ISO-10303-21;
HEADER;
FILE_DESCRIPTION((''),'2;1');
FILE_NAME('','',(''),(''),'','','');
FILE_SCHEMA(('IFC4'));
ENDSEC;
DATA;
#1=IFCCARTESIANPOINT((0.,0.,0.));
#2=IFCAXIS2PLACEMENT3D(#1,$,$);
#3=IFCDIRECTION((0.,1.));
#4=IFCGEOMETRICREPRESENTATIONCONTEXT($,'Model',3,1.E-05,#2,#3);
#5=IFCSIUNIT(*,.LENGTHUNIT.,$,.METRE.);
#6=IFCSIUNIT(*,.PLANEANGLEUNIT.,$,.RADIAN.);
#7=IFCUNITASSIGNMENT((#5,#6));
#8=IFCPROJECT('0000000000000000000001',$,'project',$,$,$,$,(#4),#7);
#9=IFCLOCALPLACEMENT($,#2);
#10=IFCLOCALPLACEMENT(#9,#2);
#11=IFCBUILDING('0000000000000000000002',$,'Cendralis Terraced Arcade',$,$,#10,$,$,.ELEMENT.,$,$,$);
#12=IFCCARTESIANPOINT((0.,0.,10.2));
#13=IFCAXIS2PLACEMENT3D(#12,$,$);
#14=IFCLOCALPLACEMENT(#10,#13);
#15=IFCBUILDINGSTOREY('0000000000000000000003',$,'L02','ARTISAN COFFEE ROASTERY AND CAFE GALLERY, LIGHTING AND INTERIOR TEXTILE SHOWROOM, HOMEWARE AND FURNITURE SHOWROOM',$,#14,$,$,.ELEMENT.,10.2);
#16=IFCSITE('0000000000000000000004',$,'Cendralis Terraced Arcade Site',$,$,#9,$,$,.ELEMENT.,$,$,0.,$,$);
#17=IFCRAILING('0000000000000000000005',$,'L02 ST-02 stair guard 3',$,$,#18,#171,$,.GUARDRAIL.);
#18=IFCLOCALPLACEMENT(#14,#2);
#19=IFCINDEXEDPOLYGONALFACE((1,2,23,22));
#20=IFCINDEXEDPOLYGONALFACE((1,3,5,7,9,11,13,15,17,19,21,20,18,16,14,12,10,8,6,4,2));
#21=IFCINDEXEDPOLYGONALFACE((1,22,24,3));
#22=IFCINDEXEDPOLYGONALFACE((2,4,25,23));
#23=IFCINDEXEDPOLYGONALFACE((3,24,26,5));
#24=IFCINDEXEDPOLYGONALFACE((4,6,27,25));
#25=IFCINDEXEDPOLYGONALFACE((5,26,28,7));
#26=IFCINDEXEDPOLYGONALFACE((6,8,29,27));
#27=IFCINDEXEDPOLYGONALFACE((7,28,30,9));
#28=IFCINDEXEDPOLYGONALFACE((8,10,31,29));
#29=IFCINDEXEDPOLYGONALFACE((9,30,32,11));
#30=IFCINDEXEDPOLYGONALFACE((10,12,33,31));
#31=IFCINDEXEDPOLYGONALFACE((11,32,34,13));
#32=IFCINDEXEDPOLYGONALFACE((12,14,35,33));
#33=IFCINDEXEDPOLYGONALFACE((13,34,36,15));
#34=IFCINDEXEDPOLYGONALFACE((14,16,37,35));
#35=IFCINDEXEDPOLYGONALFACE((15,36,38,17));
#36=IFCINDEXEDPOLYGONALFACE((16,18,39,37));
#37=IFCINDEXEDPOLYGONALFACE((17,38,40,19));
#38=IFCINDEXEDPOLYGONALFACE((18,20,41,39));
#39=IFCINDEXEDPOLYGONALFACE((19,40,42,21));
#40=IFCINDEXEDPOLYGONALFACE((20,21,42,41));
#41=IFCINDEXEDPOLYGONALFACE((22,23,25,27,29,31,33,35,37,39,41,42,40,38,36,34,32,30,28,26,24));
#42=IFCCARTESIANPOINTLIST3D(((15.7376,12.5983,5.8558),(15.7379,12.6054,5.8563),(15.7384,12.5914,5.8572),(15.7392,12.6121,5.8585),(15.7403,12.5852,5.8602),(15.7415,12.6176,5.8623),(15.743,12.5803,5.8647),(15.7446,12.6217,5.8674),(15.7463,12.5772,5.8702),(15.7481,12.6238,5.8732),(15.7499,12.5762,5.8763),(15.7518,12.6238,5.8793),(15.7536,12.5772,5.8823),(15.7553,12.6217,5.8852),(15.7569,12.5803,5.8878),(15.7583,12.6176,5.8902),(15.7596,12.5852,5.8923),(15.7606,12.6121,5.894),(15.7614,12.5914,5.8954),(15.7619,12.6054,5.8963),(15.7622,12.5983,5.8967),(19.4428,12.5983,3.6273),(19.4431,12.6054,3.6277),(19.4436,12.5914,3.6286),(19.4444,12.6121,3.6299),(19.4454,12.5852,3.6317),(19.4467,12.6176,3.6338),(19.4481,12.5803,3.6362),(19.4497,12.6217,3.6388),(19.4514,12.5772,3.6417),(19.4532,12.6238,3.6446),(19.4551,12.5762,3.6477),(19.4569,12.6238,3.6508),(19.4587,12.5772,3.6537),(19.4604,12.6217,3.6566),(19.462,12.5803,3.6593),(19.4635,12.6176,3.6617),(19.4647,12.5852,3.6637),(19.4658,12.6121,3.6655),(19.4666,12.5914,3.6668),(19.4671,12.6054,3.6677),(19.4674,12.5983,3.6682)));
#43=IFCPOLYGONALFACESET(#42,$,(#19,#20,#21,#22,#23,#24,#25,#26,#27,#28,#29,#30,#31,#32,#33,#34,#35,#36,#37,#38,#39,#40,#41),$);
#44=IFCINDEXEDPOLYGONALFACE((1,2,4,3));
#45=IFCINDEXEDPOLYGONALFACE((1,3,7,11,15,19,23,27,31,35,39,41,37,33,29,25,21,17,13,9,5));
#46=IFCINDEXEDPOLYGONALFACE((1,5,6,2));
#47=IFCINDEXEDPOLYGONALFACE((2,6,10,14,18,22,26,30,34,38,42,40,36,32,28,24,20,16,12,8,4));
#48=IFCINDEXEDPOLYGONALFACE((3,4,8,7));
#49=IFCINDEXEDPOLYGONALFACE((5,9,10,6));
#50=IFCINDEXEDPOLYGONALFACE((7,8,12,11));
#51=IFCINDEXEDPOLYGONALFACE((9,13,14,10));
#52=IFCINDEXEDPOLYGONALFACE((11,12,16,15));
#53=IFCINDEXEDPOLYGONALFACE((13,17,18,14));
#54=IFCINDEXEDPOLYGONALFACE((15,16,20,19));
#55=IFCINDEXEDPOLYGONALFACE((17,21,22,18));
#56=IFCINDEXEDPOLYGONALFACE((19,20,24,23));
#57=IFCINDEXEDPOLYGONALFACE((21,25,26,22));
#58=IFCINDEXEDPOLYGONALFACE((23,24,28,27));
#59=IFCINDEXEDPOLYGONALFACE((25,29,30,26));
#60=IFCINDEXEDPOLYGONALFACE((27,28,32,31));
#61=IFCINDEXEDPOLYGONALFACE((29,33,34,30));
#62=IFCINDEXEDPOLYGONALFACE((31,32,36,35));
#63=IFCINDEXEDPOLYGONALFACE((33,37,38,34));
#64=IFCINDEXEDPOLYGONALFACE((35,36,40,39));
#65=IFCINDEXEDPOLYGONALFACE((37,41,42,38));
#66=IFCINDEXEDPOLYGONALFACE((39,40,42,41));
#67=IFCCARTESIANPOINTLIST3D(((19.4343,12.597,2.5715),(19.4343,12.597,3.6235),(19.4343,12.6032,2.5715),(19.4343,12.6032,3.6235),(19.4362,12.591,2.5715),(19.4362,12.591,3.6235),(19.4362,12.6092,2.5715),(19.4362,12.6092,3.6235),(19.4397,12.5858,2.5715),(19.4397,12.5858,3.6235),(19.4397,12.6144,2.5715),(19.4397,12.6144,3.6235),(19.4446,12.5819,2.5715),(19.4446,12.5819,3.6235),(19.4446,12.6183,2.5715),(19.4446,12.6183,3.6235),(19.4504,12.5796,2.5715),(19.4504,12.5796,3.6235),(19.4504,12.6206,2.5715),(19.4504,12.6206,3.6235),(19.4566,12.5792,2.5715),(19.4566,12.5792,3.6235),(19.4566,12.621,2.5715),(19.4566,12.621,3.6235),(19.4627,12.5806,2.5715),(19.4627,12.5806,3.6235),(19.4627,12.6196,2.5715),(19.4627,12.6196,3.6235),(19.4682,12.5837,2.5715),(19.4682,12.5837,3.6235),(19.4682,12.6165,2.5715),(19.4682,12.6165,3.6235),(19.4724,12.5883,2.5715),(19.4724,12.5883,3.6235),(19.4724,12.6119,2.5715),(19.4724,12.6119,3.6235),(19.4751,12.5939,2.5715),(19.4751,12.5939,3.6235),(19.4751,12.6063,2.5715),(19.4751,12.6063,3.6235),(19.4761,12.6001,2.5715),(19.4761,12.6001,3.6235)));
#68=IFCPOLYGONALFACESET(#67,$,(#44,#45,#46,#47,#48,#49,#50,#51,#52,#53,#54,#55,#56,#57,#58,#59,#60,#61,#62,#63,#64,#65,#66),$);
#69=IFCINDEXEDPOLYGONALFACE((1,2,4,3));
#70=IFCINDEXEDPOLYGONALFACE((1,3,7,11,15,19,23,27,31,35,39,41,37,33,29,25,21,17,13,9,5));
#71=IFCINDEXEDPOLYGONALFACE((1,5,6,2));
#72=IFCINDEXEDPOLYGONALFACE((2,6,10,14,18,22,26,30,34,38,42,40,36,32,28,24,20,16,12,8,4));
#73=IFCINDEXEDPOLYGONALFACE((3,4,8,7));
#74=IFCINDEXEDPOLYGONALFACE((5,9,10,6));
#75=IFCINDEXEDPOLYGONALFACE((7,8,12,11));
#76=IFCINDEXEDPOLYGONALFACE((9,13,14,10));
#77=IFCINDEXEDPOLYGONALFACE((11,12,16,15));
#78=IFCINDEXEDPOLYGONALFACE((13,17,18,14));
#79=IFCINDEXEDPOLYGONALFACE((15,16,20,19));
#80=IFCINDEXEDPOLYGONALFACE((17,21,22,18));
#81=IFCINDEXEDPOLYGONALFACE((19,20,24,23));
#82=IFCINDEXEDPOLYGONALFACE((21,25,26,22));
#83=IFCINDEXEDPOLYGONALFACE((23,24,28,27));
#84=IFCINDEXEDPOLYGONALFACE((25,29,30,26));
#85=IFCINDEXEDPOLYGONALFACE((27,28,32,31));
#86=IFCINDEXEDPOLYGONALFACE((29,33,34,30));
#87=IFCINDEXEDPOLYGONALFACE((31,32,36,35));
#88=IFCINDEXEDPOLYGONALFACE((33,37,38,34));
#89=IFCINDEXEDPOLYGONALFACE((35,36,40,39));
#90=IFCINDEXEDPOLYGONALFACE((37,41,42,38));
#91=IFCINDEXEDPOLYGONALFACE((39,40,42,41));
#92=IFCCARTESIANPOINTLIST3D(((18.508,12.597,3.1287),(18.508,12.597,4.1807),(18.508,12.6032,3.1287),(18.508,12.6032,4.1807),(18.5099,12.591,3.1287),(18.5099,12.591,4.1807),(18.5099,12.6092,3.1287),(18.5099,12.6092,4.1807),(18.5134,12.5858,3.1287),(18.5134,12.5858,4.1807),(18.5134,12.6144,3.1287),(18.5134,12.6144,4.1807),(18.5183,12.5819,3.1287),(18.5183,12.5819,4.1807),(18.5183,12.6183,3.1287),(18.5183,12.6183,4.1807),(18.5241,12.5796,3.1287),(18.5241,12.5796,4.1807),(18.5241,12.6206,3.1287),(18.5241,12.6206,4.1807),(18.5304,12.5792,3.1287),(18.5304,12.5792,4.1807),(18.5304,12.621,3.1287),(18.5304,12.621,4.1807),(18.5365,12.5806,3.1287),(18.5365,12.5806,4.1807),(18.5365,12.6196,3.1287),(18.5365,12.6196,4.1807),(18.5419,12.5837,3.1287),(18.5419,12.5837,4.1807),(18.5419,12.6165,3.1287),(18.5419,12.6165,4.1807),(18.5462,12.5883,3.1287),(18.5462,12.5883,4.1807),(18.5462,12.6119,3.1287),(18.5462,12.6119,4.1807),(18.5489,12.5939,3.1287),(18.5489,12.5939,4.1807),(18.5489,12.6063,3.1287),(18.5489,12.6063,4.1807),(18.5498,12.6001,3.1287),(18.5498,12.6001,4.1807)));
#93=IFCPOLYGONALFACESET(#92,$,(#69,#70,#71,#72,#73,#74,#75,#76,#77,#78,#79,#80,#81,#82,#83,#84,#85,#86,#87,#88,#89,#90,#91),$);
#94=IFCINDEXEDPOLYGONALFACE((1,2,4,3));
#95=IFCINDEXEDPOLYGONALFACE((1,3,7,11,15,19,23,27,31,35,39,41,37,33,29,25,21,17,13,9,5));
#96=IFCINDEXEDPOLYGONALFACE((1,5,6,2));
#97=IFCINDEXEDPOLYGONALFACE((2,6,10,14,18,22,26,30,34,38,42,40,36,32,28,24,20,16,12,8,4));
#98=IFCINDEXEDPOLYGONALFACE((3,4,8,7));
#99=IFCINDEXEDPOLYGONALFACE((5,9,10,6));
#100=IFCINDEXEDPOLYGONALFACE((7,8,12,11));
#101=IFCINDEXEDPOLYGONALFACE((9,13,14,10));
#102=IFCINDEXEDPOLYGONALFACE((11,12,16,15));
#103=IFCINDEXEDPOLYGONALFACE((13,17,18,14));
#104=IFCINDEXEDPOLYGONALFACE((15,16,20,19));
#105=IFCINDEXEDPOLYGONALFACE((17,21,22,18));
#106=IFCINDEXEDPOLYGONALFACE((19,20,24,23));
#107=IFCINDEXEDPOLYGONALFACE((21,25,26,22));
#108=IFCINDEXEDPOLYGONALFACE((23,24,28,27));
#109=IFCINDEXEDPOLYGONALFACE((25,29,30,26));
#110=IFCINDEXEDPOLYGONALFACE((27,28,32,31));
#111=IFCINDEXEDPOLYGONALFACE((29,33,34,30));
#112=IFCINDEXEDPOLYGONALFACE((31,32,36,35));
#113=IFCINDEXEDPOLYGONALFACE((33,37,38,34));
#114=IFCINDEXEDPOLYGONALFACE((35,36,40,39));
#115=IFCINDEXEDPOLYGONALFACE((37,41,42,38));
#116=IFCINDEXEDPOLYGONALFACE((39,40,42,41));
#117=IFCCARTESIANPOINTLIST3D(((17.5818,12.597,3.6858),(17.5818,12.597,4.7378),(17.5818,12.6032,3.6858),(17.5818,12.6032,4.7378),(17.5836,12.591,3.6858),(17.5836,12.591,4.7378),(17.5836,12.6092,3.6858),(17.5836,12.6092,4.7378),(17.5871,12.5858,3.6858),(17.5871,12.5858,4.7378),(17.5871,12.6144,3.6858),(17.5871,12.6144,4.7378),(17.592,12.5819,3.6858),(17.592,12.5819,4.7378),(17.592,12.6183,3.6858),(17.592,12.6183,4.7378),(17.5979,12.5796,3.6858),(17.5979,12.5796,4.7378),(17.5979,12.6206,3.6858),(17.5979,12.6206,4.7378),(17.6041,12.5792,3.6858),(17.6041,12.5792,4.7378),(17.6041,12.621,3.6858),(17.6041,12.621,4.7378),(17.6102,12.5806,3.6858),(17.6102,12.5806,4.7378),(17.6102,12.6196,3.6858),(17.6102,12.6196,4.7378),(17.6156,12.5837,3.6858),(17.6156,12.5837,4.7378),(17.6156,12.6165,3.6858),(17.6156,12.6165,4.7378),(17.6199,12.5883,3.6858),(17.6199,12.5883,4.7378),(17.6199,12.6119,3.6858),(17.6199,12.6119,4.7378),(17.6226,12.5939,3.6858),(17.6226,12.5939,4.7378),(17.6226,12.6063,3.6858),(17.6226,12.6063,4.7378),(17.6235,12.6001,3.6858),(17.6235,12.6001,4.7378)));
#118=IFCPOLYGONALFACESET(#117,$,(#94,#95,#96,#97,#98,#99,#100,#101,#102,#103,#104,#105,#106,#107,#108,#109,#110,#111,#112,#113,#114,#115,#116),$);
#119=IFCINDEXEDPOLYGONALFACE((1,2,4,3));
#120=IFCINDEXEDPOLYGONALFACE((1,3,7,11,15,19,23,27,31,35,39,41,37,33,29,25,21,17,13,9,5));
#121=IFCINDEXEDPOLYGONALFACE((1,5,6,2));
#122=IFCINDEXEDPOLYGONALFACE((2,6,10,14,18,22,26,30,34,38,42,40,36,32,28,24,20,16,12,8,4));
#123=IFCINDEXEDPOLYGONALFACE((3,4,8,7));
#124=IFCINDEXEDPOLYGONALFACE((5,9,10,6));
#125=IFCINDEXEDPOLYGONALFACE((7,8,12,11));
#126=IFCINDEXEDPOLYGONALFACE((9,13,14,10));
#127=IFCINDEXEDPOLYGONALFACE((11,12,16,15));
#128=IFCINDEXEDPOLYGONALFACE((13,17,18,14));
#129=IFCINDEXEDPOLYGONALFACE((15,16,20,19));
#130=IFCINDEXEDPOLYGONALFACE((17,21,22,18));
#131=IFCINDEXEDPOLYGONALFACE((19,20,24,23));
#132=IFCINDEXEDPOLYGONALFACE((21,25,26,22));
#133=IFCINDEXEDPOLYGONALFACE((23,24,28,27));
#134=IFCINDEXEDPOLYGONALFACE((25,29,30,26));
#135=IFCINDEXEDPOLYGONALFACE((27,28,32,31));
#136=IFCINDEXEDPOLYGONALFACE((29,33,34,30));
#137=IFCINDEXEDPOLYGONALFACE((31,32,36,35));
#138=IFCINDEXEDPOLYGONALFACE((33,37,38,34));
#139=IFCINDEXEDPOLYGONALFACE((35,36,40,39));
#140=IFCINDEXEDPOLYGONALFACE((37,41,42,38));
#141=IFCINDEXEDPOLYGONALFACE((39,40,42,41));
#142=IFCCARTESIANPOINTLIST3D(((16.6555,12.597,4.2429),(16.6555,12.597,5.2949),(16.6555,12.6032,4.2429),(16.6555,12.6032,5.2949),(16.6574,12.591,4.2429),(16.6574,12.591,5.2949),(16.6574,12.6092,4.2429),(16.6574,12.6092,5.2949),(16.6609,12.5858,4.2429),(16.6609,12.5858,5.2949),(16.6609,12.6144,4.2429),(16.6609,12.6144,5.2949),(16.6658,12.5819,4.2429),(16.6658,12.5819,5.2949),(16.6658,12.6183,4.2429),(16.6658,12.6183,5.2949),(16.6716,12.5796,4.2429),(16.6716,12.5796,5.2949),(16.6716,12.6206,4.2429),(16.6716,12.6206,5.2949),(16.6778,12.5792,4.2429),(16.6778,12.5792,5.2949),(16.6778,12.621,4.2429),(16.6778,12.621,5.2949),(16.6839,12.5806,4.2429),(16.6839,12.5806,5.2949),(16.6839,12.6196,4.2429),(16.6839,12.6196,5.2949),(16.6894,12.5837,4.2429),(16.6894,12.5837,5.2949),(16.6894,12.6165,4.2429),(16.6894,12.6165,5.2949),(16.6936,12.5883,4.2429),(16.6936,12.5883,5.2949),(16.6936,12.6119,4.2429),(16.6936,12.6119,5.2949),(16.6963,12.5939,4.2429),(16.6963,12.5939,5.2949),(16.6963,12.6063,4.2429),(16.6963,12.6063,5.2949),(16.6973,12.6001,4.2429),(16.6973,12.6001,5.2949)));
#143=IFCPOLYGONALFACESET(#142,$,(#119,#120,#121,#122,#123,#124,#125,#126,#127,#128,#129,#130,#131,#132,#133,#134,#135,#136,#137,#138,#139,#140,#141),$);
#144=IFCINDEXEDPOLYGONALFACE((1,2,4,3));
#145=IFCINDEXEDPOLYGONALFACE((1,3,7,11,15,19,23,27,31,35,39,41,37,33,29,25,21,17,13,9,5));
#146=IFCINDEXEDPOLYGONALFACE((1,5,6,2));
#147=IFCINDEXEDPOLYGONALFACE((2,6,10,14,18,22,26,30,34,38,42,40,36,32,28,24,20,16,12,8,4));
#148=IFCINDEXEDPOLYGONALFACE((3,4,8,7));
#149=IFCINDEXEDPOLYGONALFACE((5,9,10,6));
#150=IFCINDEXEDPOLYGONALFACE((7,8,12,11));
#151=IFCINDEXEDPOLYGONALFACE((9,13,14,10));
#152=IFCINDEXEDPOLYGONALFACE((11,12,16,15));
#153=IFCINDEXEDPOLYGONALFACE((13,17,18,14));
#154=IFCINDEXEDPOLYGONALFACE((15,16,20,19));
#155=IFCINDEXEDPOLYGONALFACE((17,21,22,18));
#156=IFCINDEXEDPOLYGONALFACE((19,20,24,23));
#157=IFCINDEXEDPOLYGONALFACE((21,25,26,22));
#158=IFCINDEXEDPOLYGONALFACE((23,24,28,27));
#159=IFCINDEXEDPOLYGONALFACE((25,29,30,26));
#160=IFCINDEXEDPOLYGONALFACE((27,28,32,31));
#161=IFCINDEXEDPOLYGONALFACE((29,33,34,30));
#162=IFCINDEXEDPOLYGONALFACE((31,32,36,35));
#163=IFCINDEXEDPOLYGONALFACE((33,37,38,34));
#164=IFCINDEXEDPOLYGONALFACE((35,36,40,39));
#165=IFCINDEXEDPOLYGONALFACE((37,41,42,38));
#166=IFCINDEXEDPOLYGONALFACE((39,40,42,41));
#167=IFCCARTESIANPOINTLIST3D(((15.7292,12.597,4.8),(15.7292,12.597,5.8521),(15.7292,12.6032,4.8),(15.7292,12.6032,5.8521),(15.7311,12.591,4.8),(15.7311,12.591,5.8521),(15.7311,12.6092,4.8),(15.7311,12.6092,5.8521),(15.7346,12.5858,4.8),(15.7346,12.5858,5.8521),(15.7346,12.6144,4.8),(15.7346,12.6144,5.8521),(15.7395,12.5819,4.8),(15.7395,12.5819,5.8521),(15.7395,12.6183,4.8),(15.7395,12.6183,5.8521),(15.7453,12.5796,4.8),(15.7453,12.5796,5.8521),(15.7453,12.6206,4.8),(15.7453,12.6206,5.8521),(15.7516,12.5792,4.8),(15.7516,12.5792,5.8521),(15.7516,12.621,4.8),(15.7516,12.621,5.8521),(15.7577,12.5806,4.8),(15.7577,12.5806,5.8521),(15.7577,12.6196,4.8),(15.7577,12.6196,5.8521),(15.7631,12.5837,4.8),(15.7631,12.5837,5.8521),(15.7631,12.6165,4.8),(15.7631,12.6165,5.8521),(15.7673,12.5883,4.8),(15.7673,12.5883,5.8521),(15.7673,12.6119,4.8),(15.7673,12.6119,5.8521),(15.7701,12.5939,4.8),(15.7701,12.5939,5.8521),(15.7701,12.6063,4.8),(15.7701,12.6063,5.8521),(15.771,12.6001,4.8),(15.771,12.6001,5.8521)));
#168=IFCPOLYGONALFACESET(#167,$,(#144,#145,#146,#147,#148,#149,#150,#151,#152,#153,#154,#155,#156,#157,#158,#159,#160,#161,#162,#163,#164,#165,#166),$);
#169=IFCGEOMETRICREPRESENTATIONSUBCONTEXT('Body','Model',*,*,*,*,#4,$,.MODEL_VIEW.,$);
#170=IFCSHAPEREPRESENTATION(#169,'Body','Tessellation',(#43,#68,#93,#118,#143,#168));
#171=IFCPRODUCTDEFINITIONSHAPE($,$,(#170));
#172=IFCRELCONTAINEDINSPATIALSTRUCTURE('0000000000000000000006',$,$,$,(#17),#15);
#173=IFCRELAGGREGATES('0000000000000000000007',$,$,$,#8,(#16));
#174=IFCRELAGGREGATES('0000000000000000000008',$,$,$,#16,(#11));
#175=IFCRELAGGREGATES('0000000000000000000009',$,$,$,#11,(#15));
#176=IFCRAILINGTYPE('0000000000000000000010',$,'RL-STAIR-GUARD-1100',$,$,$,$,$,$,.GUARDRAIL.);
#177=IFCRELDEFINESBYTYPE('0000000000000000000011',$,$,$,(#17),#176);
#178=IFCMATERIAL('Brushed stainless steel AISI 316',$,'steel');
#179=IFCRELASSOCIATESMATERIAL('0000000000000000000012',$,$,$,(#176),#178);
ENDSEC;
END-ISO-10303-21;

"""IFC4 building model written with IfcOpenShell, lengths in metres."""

from ifc_helpers import new_model, si_unit, direction, frame, origin, origin_2d, place, context, subcontext, project, spatial, circle, extrude, material, type_object, element, save


model = new_model("IFC4")

# Units and contexts
model_context = context("Model", 3, precision=1e-05, world=origin(), true_north=direction((0.0, 1.0)))
body_context = subcontext(model_context, "Body", "Model", "MODEL_VIEW")
ifc_project = project(units=[si_unit("LENGTHUNIT", "METRE"), si_unit("PLANEANGLEUNIT", "RADIAN")], contexts=[model_context])

# Site, building, storey
site_placement = place(None, origin())
site = spatial("IfcSite", under=ifc_project, at=site_placement, Name="Cendralis Terraced Arcade Site", CompositionType="ELEMENT", RefElevation=0.0)
building_placement = place(site_placement, origin())
building = spatial("IfcBuilding", under=site, at=building_placement, Name="Cendralis Terraced Arcade", CompositionType="ELEMENT")
storey_placement = place(building_placement, frame((0.0, 0.0, 10.2)))
storey = spatial("IfcBuildingStorey", under=building, at=storey_placement, Name="L02", Description="ARTISAN COFFEE ROASTERY AND CAFE GALLERY, LIGHTING AND INTERIOR TEXTILE SHOWROOM, HOMEWARE AND FURNITURE SHOWROOM", CompositionType="ELEMENT", Elevation=10.2)

# Railing
ifc_material_1 = material(Name="Brushed stainless steel AISI 316", Category="steel")
railing_type_1 = type_object("IfcRailingType", Name="RL-STAIR-GUARD-1100", PredefinedType="GUARDRAIL", material=ifc_material_1)
railing_1_placement = place(storey_placement, frame((19.4551, 12.6001, 2.5715)))
element("IfcRailing", 1, at=railing_1_placement, inside=storey, type_object=railing_type_1, Name="L02 ST-02 stair guard 3", PredefinedType="GUARDRAIL", context=body_context, shape_type="SweptSolid", body=[
    extrude(circle(Radius=0.0239, at=origin_2d()), frame((0.0, 0.0, 1.0762), z_axis=(-0.856934, 0.0, 0.515425), x_axis=(0.0, -1.0, 0.0)), (0.0, 0.0, 1.0), 4.3237),
    extrude(circle(Radius=0.021, at=origin_2d()), origin(), (0.0, 0.0, 1.0), 1.052),
    extrude(circle(Radius=0.021, at=origin_2d()), frame((-0.9263, 0.0, 0.5571)), (0.0, 0.0, 1.0), 1.052),
    extrude(circle(Radius=0.021, at=origin_2d()), frame((-1.8525, 0.0, 1.1143)), (0.0, 0.0, 1.0), 1.052),
    extrude(circle(Radius=0.021, at=origin_2d()), frame((-2.7788, 0.0, 1.6714)), (0.0, 0.0, 1.0), 1.052),
    extrude(circle(Radius=0.021, at=origin_2d()), frame((-3.7051, 0.0, 2.2285)), (0.0, 0.0, 1.0), 1.052),
])

save(model, "model.ifc")
